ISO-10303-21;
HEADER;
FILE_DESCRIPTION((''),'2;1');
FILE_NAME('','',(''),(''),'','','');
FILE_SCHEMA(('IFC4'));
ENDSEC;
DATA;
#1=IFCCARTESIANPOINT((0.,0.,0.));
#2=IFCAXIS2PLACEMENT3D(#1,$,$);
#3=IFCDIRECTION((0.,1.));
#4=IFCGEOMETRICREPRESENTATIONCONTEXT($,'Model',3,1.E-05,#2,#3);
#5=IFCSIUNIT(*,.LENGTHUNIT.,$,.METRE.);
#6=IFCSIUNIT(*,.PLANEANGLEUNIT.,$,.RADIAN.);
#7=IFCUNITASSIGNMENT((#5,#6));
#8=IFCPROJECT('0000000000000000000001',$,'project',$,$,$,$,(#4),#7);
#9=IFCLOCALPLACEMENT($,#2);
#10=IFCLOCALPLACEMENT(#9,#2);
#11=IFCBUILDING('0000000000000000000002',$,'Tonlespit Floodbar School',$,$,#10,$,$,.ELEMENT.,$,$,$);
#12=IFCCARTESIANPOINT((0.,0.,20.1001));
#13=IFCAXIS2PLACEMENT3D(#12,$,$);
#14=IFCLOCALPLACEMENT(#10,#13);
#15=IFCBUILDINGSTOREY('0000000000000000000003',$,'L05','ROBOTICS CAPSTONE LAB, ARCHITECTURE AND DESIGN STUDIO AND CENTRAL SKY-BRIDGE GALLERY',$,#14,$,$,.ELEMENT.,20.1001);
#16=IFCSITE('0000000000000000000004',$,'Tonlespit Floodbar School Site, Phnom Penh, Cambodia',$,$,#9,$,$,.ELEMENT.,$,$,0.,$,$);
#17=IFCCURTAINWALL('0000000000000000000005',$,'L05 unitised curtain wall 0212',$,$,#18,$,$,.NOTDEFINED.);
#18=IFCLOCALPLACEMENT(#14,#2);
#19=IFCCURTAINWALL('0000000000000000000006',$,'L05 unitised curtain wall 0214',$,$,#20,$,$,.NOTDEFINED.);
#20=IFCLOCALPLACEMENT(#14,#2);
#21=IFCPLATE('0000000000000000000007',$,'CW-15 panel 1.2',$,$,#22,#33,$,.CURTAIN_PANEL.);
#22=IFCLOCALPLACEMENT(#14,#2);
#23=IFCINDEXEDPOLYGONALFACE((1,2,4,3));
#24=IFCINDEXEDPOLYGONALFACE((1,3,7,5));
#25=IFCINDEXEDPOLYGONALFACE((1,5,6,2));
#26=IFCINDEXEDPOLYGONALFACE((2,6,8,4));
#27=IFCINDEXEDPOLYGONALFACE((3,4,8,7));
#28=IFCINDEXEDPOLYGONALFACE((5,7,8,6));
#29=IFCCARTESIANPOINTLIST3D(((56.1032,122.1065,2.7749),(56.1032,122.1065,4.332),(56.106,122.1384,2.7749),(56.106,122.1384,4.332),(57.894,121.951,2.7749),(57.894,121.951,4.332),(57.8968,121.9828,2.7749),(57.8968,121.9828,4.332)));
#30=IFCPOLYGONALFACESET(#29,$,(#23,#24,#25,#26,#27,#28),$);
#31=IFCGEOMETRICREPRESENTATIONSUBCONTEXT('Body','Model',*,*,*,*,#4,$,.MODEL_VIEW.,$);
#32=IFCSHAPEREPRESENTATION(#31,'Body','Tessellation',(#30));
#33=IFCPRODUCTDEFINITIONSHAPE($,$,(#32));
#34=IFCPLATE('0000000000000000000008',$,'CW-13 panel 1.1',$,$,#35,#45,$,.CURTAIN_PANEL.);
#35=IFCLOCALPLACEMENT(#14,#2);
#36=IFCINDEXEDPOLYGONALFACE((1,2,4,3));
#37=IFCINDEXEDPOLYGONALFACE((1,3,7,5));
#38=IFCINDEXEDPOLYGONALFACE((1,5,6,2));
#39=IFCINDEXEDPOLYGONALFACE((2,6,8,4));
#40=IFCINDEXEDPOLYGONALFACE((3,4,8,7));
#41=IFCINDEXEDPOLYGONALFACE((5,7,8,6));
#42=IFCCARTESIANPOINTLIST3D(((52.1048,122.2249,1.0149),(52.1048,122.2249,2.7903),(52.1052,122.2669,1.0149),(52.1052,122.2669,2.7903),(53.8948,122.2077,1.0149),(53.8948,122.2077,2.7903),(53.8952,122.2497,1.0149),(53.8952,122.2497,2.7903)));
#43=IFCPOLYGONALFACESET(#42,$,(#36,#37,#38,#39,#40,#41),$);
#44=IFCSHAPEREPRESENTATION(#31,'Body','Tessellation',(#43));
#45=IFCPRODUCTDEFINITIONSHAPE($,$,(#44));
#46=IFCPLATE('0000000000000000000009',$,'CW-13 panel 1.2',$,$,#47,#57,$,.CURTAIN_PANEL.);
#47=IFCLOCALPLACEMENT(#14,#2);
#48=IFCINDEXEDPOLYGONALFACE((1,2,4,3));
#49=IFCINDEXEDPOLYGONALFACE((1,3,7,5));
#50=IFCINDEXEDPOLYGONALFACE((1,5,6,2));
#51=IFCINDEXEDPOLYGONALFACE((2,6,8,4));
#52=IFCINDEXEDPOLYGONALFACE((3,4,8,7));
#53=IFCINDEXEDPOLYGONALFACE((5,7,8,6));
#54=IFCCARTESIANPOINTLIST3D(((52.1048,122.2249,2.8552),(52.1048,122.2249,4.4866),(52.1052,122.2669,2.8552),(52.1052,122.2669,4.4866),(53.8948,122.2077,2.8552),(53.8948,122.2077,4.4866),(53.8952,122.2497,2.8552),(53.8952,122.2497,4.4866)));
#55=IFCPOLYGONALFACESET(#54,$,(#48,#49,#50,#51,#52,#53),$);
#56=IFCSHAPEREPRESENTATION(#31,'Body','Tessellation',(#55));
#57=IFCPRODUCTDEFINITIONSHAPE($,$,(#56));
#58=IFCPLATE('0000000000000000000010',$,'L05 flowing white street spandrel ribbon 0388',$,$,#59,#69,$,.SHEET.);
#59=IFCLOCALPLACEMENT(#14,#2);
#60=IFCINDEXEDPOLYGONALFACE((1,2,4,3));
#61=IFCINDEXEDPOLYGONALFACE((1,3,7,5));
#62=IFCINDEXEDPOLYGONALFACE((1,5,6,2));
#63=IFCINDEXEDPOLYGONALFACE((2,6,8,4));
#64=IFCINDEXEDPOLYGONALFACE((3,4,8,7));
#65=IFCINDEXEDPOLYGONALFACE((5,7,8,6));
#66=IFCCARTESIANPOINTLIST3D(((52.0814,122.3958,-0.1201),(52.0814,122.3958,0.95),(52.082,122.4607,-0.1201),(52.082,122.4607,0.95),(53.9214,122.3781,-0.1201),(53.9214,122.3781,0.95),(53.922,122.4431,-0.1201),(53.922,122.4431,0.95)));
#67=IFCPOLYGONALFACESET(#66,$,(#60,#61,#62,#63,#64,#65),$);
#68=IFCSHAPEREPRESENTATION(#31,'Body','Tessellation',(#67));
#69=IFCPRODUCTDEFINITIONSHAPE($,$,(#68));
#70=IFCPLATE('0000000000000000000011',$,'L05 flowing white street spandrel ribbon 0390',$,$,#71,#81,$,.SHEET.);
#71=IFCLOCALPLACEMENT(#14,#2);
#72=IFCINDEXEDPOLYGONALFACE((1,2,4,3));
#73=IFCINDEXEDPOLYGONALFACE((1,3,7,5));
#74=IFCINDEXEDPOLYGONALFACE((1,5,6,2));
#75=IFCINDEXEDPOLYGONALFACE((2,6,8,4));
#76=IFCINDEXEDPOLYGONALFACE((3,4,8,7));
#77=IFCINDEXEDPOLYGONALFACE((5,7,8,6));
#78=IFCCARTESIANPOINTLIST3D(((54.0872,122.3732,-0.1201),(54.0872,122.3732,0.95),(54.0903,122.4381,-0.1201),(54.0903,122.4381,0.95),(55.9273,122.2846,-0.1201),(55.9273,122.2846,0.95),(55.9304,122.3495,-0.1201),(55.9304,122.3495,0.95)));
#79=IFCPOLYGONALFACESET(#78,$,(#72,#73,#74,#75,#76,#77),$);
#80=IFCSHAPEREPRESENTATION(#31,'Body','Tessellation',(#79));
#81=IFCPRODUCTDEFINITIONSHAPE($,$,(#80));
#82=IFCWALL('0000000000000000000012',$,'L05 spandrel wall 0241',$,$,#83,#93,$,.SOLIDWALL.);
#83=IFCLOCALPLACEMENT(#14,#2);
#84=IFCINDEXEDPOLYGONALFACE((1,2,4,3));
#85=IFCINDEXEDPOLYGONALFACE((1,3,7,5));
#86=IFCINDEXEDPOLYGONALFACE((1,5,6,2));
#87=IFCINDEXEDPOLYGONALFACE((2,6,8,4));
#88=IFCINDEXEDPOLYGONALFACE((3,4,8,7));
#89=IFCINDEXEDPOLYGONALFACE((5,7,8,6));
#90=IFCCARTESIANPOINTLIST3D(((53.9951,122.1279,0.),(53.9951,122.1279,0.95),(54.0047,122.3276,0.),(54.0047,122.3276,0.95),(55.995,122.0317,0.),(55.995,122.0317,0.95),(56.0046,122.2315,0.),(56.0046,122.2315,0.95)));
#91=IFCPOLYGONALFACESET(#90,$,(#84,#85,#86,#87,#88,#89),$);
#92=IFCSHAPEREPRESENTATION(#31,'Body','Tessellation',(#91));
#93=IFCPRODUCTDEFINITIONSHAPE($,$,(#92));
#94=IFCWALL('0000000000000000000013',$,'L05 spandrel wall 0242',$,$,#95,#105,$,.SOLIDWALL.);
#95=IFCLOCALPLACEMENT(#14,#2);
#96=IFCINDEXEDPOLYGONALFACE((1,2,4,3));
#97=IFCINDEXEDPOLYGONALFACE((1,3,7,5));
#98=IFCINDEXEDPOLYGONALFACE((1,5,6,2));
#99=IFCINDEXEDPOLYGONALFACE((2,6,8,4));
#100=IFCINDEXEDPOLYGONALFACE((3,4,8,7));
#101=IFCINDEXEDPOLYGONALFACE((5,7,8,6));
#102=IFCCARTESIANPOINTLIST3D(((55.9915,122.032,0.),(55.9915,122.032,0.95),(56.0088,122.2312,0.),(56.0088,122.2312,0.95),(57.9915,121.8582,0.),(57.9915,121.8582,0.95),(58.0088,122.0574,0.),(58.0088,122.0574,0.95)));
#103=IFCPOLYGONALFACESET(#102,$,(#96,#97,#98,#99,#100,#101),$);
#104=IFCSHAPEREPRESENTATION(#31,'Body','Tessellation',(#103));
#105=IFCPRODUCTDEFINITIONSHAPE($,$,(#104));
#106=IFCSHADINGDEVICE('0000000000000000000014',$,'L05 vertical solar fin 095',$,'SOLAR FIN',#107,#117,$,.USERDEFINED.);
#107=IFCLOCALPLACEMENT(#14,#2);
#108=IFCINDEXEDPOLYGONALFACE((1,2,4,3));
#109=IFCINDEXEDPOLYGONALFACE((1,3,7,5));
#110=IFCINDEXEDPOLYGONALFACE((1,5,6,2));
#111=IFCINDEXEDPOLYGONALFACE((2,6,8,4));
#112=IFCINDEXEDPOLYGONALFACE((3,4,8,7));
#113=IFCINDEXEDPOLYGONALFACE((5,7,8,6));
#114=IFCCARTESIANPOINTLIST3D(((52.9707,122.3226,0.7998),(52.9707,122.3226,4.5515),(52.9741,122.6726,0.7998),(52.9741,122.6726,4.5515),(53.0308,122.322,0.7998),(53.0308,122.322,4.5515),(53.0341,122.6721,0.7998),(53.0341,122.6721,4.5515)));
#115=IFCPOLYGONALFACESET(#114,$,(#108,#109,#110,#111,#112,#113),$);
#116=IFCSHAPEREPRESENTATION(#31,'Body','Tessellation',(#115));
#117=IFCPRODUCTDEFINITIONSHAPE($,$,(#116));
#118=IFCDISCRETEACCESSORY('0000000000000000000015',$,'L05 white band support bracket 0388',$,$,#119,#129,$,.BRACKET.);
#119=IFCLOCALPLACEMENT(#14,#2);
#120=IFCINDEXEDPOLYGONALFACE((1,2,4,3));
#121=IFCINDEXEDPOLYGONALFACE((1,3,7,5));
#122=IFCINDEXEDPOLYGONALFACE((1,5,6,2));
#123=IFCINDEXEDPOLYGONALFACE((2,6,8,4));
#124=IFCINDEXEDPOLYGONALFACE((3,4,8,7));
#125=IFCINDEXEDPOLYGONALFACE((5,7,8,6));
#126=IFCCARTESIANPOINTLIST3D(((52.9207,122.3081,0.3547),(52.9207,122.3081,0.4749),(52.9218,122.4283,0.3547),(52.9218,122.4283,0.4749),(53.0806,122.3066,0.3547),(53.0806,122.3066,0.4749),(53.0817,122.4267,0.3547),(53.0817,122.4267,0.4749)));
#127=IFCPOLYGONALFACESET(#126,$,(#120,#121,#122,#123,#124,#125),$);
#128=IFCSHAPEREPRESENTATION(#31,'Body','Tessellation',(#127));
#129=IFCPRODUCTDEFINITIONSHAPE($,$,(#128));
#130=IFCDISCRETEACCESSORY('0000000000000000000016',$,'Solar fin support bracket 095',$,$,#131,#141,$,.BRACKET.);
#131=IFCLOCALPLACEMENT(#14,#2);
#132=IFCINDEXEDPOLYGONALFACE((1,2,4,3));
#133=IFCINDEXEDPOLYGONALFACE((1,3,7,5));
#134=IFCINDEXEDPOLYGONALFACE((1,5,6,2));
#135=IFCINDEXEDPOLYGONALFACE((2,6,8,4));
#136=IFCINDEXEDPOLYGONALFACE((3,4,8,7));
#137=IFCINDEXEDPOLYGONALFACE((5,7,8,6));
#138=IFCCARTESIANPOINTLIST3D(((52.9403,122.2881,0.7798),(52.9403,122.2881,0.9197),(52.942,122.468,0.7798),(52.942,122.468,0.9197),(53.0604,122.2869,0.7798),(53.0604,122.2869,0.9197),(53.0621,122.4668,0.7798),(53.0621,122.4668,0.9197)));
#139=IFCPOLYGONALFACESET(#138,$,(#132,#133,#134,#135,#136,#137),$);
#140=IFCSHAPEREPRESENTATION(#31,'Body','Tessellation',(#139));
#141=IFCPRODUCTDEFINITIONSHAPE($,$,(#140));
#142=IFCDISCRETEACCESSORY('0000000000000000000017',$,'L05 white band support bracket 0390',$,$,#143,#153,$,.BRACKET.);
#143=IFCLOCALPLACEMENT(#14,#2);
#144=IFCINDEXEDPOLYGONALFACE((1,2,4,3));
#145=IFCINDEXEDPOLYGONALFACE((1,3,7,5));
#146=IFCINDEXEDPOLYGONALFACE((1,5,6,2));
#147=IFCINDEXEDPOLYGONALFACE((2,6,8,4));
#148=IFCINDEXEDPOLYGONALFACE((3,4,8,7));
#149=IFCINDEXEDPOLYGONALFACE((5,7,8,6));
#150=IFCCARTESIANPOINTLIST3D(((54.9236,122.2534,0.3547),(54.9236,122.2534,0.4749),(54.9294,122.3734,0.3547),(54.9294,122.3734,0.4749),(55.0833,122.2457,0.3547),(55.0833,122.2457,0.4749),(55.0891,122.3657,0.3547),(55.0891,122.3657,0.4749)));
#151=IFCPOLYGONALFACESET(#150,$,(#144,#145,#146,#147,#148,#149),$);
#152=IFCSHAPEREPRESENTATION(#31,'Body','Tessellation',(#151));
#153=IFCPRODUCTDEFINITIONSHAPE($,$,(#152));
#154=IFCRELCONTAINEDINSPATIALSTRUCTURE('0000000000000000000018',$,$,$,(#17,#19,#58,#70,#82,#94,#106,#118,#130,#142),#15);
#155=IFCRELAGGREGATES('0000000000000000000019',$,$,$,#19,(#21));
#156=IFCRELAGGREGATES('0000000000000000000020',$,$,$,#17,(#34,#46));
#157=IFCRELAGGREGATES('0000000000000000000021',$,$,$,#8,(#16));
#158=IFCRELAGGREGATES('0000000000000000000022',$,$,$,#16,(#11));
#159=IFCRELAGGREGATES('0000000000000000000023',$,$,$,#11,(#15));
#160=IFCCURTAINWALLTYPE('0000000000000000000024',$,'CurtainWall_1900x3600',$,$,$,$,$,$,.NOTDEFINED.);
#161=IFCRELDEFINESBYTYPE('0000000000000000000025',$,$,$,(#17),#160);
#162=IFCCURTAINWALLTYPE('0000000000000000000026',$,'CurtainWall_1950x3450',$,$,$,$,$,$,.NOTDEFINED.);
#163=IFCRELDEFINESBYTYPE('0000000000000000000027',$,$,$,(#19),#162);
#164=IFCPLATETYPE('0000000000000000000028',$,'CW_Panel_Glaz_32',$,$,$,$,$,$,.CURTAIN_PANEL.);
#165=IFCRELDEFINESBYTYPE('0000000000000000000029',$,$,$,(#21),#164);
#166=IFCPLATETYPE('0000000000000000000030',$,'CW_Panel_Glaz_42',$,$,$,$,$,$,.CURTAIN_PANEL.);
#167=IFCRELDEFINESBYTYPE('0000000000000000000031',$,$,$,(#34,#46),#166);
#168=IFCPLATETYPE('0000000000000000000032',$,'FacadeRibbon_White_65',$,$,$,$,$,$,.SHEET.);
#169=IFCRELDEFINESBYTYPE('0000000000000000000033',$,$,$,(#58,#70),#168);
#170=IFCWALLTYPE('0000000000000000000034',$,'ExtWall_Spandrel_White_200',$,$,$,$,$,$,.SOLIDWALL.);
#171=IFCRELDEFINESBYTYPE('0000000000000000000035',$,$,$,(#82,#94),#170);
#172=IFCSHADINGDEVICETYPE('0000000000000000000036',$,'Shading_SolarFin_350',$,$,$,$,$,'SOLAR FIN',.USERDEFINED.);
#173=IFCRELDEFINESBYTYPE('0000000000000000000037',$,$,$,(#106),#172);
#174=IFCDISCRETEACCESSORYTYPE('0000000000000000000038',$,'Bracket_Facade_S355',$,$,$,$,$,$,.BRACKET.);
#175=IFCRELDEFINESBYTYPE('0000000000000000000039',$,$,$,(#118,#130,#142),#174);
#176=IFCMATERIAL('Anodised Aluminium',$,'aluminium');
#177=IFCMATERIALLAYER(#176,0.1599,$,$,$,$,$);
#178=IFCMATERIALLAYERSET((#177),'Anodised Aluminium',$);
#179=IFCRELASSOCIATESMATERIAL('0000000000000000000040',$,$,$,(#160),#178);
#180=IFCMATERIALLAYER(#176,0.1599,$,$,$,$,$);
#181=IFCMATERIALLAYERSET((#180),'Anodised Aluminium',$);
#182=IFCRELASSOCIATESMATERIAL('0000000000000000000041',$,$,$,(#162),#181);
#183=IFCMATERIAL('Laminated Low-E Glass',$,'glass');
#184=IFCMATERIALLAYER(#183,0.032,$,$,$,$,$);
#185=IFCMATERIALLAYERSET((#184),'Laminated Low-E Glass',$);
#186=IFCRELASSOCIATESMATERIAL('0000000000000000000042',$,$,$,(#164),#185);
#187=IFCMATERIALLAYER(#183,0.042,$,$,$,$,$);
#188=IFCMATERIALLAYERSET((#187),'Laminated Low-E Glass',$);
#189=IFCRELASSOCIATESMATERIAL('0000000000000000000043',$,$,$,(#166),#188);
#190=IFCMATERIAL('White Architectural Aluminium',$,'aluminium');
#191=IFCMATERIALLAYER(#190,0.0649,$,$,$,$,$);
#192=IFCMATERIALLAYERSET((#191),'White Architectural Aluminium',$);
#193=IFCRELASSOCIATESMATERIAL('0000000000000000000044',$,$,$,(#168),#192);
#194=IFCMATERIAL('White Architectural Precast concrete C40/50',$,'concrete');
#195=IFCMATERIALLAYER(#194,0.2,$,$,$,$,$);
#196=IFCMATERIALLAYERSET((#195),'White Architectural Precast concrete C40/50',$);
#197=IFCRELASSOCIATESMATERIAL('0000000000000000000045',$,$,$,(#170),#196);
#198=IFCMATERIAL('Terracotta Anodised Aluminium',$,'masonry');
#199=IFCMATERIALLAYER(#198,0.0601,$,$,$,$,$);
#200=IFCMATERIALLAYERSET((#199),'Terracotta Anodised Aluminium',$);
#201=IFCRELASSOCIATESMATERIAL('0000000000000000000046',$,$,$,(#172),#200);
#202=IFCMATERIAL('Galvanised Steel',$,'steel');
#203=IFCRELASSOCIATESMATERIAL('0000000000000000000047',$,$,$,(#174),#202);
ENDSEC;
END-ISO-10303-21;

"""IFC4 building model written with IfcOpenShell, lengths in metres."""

from ifc_helpers import new_model, si_unit, direction, frame, frame_2d, origin, origin_2d, place, context, subcontext, project, spatial, rectangle, extrude, material, layer, layer_set, type_object, element, aggregate, save


model = new_model("IFC4")

# Units and contexts
model_context = context("Model", 3, precision=1e-05, world=origin(), true_north=direction((0.0, 1.0)))
body_context = subcontext(model_context, "Body", "Model", "MODEL_VIEW")
ifc_project = project(units=[si_unit("LENGTHUNIT", "METRE"), si_unit("PLANEANGLEUNIT", "RADIAN")], contexts=[model_context])

# Site, building, storey
site_placement = place(None, origin())
site = spatial("IfcSite", under=ifc_project, at=site_placement, Name="Tonlespit Floodbar School Site, Phnom Penh, Cambodia", CompositionType="ELEMENT", RefElevation=0.0)
building_placement = place(site_placement, origin())
building = spatial("IfcBuilding", under=site, at=building_placement, Name="Tonlespit Floodbar School", CompositionType="ELEMENT")
storey_placement = place(building_placement, frame((0.0, 0.0, 20.1001)))
storey = spatial("IfcBuildingStorey", under=building, at=storey_placement, Name="L05", Description="ROBOTICS CAPSTONE LAB, ARCHITECTURE AND DESIGN STUDIO AND CENTRAL SKY-BRIDGE GALLERY", CompositionType="ELEMENT", Elevation=20.1001)

# Curtain walls
ifc_material_1 = material(Name="Anodised Aluminium", Category="aluminium")
ifc_layer_1 = layer(ifc_material_1, 0.1599)
ifc_layer_set_1 = layer_set([ifc_layer_1], Name="Anodised Aluminium")
curtain_wall_type_1 = type_object("IfcCurtainWallType", Name="CurtainWall_1900x3600", PredefinedType="NOTDEFINED", material=ifc_layer_set_1)
curtain_wall_1_placement = place(storey_placement, origin())
curtain_wall_1 = element("IfcCurtainWall", 1, at=curtain_wall_1_placement, inside=storey, type_object=curtain_wall_type_1, Name="L05 unitised curtain wall 0212", PredefinedType="NOTDEFINED")
ifc_layer_2 = layer(ifc_material_1, 0.1599)
ifc_layer_set_2 = layer_set([ifc_layer_2], Name="Anodised Aluminium")
curtain_wall_type_2 = type_object("IfcCurtainWallType", Name="CurtainWall_1950x3450", PredefinedType="NOTDEFINED", material=ifc_layer_set_2)
curtain_wall_2_placement = place(storey_placement, origin())
curtain_wall_2 = element("IfcCurtainWall", 2, at=curtain_wall_2_placement, inside=storey, type_object=curtain_wall_type_2, Name="L05 unitised curtain wall 0214", PredefinedType="NOTDEFINED")

# Plates
ifc_material_2 = material(Name="Laminated Low-E Glass", Category="glass")
ifc_layer_3 = layer(ifc_material_2, 0.032)
ifc_layer_set_3 = layer_set([ifc_layer_3], Name="Laminated Low-E Glass")
plate_type_1 = type_object("IfcPlateType", Name="CW_Panel_Glaz_32", PredefinedType="CURTAIN_PANEL", material=ifc_layer_set_3)
plate_1_placement = place(storey_placement, frame((57.0, 122.0447, 2.7749), z_axis=(0.0, 0.0, 1.0), x_axis=(0.996249, -0.086531, 0.0)))
plate_1 = element("IfcPlate", 3, at=plate_1_placement, type_object=plate_type_1, Name="CW-15 panel 1.2", PredefinedType="CURTAIN_PANEL", context=body_context, shape_type="SweptSolid", body=[
    extrude(rectangle(XDim=1.7976, YDim=0.032, at=origin_2d()), origin(), (0.0, 0.0, 1.0), 1.5571),
])
aggregate(curtain_wall_2, [plate_1])
ifc_layer_4 = layer(ifc_material_2, 0.042)
ifc_layer_set_4 = layer_set([ifc_layer_4], Name="Laminated Low-E Glass")
plate_type_2 = type_object("IfcPlateType", Name="CW_Panel_Glaz_42", PredefinedType="CURTAIN_PANEL", material=ifc_layer_set_4)
plate_2_placement = place(storey_placement, frame((53.0, 122.2373, 1.0149), z_axis=(0.0, 0.0, 1.0), x_axis=(0.999954, -0.009583, 0.0)))
plate_2 = element("IfcPlate", 4, at=plate_2_placement, type_object=plate_type_2, Name="CW-13 panel 1.1", PredefinedType="CURTAIN_PANEL", context=body_context, shape_type="SweptSolid", body=[
    extrude(rectangle(XDim=1.79, YDim=0.042, at=origin_2d()), origin(), (0.0, 0.0, 1.0), 1.7754),
])
plate_3_placement = place(storey_placement, frame((53.0, 122.2373, 2.8552), z_axis=(0.0, 0.0, 1.0), x_axis=(0.999954, -0.009583, 0.0)))
plate_3 = element("IfcPlate", 5, at=plate_3_placement, type_object=plate_type_2, Name="CW-13 panel 1.2", PredefinedType="CURTAIN_PANEL", context=body_context, shape_type="SweptSolid", body=[
    extrude(rectangle(XDim=1.79, YDim=0.042, at=origin_2d()), origin(), (0.0, 0.0, 1.0), 1.6313),
])
aggregate(curtain_wall_1, [plate_2, plate_3])

# Plates
ifc_material_3 = material(Name="White Architectural Aluminium", Category="aluminium")
ifc_layer_5 = layer(ifc_material_3, 0.0649)
ifc_layer_set_5 = layer_set([ifc_layer_5], Name="White Architectural Aluminium")
plate_type_3 = type_object("IfcPlateType", Name="FacadeRibbon_White_65", PredefinedType="SHEET", material=ifc_layer_set_5)
plate_4_placement = place(storey_placement, frame((53.0017, 122.4194, -0.1201), z_axis=(0.0, 0.0, 1.0), x_axis=(0.999954, -0.009599, 0.0)))
element("IfcPlate", 6, at=plate_4_placement, inside=storey, type_object=plate_type_3, Name="L05 flowing white street spandrel ribbon 0388", PredefinedType="SHEET", context=body_context, shape_type="SweptSolid", body=[
    extrude(rectangle(XDim=1.8401, YDim=0.0649, at=origin_2d()), origin(), (0.0, 0.0, 1.0), 1.0701),
])
plate_5_placement = place(storey_placement, frame((55.0088, 122.3613, -0.1201), z_axis=(0.0, 0.0, 1.0), x_axis=(0.998843, -0.048095, 0.0)))
element("IfcPlate", 7, at=plate_5_placement, inside=storey, type_object=plate_type_3, Name="L05 flowing white street spandrel ribbon 0390", PredefinedType="SHEET", context=body_context, shape_type="SweptSolid", body=[
    extrude(rectangle(XDim=1.8423, YDim=0.0649, at=origin_2d()), origin(), (0.0, 0.0, 1.0), 1.0701),
])

# Walls
ifc_material_4 = material(Name="White Architectural Precast concrete C40/50", Category="concrete")
ifc_layer_6 = layer(ifc_material_4, 0.2)
ifc_layer_set_6 = layer_set([ifc_layer_6], Name="White Architectural Precast concrete C40/50")
wall_type = type_object("IfcWallType", Name="ExtWall_Spandrel_White_200", PredefinedType="SOLIDWALL", material=ifc_layer_set_6)
wall_1_placement = place(storey_placement, frame((54.0, 122.2278, 0.0), z_axis=(0.0, 0.0, 1.0), x_axis=(0.998845, -0.04804, 0.0)))
element("IfcWall", 8, at=wall_1_placement, inside=storey, type_object=wall_type, Name="L05 spandrel wall 0241", PredefinedType="SOLIDWALL", context=body_context, shape_type="SweptSolid", body=[
    extrude(rectangle(XDim=2.0022, YDim=0.2, at=frame_2d((1.001, 0.0))), origin(), (0.0, 0.0, 1.0), 0.95),
])
wall_2_placement = place(storey_placement, frame((56.0, 122.1316, 0.0), z_axis=(0.0, 0.0, 1.0), x_axis=(0.996244, -0.086588, 0.0)))
element("IfcWall", 9, at=wall_2_placement, inside=storey, type_object=wall_type, Name="L05 spandrel wall 0242", PredefinedType="SOLIDWALL", context=body_context, shape_type="SweptSolid", body=[
    extrude(rectangle(XDim=2.0076, YDim=0.2, at=frame_2d((1.0039, 0.0))), origin(), (0.0, 0.0, 1.0), 0.95),
])

# Shading device
ifc_material_5 = material(Name="Terracotta Anodised Aluminium", Category="masonry")
ifc_layer_7 = layer(ifc_material_5, 0.0601)
ifc_layer_set_7 = layer_set([ifc_layer_7], Name="Terracotta Anodised Aluminium")
shading_device_type = type_object("IfcShadingDeviceType", Name="Shading_SolarFin_350", ElementType="SOLAR FIN", PredefinedType="USERDEFINED", material=ifc_layer_set_7)
shading_device_placement = place(storey_placement, frame((53.0024, 122.4973, 0.7998), z_axis=(0.0, 0.0, 1.0), x_axis=(0.999954, -0.009599, 0.0)))
element("IfcShadingDevice", 10, at=shading_device_placement, inside=storey, type_object=shading_device_type, Name="L05 vertical solar fin 095", ObjectType="SOLAR FIN", PredefinedType="USERDEFINED", context=body_context, shape_type="SweptSolid", body=[
    extrude(rectangle(XDim=0.0601, YDim=0.3501, at=origin_2d()), origin(), (0.0, 0.0, 1.0), 3.7517),
])

# Discrete accessories
ifc_material_6 = material(Name="Galvanised Steel", Category="steel")
discrete_accessory_type = type_object("IfcDiscreteAccessoryType", Name="Bracket_Facade_S355", PredefinedType="BRACKET", material=ifc_material_6)
discrete_accessory_1_placement = place(storey_placement, frame((53.0012, 122.3674, 0.3547), z_axis=(0.0, 0.0, 1.0), x_axis=(0.999954, -0.009599, 0.0)))
element("IfcDiscreteAccessory", 11, at=discrete_accessory_1_placement, inside=storey, type_object=discrete_accessory_type, Name="L05 white band support bracket 0388", PredefinedType="BRACKET", context=body_context, shape_type="SweptSolid", body=[
    extrude(rectangle(XDim=0.1599, YDim=0.1201, at=origin_2d()), origin(), (0.0, 0.0, 1.0), 0.1201),
])
discrete_accessory_2_placement = place(storey_placement, frame((53.0012, 122.3774, 0.7798), z_axis=(0.0, 0.0, 1.0), x_axis=(0.999954, -0.009599, 0.0)))
element("IfcDiscreteAccessory", 12, at=discrete_accessory_2_placement, inside=storey, type_object=discrete_accessory_type, Name="Solar fin support bracket 095", PredefinedType="BRACKET", context=body_context, shape_type="SweptSolid", body=[
    extrude(rectangle(XDim=0.1201, YDim=0.1799, at=origin_2d()), origin(), (0.0, 0.0, 1.0), 0.1399),
])
discrete_accessory_3_placement = place(storey_placement, frame((55.0063, 122.3096, 0.3547), z_axis=(0.0, 0.0, 1.0), x_axis=(0.998843, -0.048095, 0.0)))
element("IfcDiscreteAccessory", 13, at=discrete_accessory_3_placement, inside=storey, type_object=discrete_accessory_type, Name="L05 white band support bracket 0390", PredefinedType="BRACKET", context=body_context, shape_type="SweptSolid", body=[
    extrude(rectangle(XDim=0.1599, YDim=0.1201, at=origin_2d()), origin(), (0.0, 0.0, 1.0), 0.1201),
])

save(model, "model.ifc")
